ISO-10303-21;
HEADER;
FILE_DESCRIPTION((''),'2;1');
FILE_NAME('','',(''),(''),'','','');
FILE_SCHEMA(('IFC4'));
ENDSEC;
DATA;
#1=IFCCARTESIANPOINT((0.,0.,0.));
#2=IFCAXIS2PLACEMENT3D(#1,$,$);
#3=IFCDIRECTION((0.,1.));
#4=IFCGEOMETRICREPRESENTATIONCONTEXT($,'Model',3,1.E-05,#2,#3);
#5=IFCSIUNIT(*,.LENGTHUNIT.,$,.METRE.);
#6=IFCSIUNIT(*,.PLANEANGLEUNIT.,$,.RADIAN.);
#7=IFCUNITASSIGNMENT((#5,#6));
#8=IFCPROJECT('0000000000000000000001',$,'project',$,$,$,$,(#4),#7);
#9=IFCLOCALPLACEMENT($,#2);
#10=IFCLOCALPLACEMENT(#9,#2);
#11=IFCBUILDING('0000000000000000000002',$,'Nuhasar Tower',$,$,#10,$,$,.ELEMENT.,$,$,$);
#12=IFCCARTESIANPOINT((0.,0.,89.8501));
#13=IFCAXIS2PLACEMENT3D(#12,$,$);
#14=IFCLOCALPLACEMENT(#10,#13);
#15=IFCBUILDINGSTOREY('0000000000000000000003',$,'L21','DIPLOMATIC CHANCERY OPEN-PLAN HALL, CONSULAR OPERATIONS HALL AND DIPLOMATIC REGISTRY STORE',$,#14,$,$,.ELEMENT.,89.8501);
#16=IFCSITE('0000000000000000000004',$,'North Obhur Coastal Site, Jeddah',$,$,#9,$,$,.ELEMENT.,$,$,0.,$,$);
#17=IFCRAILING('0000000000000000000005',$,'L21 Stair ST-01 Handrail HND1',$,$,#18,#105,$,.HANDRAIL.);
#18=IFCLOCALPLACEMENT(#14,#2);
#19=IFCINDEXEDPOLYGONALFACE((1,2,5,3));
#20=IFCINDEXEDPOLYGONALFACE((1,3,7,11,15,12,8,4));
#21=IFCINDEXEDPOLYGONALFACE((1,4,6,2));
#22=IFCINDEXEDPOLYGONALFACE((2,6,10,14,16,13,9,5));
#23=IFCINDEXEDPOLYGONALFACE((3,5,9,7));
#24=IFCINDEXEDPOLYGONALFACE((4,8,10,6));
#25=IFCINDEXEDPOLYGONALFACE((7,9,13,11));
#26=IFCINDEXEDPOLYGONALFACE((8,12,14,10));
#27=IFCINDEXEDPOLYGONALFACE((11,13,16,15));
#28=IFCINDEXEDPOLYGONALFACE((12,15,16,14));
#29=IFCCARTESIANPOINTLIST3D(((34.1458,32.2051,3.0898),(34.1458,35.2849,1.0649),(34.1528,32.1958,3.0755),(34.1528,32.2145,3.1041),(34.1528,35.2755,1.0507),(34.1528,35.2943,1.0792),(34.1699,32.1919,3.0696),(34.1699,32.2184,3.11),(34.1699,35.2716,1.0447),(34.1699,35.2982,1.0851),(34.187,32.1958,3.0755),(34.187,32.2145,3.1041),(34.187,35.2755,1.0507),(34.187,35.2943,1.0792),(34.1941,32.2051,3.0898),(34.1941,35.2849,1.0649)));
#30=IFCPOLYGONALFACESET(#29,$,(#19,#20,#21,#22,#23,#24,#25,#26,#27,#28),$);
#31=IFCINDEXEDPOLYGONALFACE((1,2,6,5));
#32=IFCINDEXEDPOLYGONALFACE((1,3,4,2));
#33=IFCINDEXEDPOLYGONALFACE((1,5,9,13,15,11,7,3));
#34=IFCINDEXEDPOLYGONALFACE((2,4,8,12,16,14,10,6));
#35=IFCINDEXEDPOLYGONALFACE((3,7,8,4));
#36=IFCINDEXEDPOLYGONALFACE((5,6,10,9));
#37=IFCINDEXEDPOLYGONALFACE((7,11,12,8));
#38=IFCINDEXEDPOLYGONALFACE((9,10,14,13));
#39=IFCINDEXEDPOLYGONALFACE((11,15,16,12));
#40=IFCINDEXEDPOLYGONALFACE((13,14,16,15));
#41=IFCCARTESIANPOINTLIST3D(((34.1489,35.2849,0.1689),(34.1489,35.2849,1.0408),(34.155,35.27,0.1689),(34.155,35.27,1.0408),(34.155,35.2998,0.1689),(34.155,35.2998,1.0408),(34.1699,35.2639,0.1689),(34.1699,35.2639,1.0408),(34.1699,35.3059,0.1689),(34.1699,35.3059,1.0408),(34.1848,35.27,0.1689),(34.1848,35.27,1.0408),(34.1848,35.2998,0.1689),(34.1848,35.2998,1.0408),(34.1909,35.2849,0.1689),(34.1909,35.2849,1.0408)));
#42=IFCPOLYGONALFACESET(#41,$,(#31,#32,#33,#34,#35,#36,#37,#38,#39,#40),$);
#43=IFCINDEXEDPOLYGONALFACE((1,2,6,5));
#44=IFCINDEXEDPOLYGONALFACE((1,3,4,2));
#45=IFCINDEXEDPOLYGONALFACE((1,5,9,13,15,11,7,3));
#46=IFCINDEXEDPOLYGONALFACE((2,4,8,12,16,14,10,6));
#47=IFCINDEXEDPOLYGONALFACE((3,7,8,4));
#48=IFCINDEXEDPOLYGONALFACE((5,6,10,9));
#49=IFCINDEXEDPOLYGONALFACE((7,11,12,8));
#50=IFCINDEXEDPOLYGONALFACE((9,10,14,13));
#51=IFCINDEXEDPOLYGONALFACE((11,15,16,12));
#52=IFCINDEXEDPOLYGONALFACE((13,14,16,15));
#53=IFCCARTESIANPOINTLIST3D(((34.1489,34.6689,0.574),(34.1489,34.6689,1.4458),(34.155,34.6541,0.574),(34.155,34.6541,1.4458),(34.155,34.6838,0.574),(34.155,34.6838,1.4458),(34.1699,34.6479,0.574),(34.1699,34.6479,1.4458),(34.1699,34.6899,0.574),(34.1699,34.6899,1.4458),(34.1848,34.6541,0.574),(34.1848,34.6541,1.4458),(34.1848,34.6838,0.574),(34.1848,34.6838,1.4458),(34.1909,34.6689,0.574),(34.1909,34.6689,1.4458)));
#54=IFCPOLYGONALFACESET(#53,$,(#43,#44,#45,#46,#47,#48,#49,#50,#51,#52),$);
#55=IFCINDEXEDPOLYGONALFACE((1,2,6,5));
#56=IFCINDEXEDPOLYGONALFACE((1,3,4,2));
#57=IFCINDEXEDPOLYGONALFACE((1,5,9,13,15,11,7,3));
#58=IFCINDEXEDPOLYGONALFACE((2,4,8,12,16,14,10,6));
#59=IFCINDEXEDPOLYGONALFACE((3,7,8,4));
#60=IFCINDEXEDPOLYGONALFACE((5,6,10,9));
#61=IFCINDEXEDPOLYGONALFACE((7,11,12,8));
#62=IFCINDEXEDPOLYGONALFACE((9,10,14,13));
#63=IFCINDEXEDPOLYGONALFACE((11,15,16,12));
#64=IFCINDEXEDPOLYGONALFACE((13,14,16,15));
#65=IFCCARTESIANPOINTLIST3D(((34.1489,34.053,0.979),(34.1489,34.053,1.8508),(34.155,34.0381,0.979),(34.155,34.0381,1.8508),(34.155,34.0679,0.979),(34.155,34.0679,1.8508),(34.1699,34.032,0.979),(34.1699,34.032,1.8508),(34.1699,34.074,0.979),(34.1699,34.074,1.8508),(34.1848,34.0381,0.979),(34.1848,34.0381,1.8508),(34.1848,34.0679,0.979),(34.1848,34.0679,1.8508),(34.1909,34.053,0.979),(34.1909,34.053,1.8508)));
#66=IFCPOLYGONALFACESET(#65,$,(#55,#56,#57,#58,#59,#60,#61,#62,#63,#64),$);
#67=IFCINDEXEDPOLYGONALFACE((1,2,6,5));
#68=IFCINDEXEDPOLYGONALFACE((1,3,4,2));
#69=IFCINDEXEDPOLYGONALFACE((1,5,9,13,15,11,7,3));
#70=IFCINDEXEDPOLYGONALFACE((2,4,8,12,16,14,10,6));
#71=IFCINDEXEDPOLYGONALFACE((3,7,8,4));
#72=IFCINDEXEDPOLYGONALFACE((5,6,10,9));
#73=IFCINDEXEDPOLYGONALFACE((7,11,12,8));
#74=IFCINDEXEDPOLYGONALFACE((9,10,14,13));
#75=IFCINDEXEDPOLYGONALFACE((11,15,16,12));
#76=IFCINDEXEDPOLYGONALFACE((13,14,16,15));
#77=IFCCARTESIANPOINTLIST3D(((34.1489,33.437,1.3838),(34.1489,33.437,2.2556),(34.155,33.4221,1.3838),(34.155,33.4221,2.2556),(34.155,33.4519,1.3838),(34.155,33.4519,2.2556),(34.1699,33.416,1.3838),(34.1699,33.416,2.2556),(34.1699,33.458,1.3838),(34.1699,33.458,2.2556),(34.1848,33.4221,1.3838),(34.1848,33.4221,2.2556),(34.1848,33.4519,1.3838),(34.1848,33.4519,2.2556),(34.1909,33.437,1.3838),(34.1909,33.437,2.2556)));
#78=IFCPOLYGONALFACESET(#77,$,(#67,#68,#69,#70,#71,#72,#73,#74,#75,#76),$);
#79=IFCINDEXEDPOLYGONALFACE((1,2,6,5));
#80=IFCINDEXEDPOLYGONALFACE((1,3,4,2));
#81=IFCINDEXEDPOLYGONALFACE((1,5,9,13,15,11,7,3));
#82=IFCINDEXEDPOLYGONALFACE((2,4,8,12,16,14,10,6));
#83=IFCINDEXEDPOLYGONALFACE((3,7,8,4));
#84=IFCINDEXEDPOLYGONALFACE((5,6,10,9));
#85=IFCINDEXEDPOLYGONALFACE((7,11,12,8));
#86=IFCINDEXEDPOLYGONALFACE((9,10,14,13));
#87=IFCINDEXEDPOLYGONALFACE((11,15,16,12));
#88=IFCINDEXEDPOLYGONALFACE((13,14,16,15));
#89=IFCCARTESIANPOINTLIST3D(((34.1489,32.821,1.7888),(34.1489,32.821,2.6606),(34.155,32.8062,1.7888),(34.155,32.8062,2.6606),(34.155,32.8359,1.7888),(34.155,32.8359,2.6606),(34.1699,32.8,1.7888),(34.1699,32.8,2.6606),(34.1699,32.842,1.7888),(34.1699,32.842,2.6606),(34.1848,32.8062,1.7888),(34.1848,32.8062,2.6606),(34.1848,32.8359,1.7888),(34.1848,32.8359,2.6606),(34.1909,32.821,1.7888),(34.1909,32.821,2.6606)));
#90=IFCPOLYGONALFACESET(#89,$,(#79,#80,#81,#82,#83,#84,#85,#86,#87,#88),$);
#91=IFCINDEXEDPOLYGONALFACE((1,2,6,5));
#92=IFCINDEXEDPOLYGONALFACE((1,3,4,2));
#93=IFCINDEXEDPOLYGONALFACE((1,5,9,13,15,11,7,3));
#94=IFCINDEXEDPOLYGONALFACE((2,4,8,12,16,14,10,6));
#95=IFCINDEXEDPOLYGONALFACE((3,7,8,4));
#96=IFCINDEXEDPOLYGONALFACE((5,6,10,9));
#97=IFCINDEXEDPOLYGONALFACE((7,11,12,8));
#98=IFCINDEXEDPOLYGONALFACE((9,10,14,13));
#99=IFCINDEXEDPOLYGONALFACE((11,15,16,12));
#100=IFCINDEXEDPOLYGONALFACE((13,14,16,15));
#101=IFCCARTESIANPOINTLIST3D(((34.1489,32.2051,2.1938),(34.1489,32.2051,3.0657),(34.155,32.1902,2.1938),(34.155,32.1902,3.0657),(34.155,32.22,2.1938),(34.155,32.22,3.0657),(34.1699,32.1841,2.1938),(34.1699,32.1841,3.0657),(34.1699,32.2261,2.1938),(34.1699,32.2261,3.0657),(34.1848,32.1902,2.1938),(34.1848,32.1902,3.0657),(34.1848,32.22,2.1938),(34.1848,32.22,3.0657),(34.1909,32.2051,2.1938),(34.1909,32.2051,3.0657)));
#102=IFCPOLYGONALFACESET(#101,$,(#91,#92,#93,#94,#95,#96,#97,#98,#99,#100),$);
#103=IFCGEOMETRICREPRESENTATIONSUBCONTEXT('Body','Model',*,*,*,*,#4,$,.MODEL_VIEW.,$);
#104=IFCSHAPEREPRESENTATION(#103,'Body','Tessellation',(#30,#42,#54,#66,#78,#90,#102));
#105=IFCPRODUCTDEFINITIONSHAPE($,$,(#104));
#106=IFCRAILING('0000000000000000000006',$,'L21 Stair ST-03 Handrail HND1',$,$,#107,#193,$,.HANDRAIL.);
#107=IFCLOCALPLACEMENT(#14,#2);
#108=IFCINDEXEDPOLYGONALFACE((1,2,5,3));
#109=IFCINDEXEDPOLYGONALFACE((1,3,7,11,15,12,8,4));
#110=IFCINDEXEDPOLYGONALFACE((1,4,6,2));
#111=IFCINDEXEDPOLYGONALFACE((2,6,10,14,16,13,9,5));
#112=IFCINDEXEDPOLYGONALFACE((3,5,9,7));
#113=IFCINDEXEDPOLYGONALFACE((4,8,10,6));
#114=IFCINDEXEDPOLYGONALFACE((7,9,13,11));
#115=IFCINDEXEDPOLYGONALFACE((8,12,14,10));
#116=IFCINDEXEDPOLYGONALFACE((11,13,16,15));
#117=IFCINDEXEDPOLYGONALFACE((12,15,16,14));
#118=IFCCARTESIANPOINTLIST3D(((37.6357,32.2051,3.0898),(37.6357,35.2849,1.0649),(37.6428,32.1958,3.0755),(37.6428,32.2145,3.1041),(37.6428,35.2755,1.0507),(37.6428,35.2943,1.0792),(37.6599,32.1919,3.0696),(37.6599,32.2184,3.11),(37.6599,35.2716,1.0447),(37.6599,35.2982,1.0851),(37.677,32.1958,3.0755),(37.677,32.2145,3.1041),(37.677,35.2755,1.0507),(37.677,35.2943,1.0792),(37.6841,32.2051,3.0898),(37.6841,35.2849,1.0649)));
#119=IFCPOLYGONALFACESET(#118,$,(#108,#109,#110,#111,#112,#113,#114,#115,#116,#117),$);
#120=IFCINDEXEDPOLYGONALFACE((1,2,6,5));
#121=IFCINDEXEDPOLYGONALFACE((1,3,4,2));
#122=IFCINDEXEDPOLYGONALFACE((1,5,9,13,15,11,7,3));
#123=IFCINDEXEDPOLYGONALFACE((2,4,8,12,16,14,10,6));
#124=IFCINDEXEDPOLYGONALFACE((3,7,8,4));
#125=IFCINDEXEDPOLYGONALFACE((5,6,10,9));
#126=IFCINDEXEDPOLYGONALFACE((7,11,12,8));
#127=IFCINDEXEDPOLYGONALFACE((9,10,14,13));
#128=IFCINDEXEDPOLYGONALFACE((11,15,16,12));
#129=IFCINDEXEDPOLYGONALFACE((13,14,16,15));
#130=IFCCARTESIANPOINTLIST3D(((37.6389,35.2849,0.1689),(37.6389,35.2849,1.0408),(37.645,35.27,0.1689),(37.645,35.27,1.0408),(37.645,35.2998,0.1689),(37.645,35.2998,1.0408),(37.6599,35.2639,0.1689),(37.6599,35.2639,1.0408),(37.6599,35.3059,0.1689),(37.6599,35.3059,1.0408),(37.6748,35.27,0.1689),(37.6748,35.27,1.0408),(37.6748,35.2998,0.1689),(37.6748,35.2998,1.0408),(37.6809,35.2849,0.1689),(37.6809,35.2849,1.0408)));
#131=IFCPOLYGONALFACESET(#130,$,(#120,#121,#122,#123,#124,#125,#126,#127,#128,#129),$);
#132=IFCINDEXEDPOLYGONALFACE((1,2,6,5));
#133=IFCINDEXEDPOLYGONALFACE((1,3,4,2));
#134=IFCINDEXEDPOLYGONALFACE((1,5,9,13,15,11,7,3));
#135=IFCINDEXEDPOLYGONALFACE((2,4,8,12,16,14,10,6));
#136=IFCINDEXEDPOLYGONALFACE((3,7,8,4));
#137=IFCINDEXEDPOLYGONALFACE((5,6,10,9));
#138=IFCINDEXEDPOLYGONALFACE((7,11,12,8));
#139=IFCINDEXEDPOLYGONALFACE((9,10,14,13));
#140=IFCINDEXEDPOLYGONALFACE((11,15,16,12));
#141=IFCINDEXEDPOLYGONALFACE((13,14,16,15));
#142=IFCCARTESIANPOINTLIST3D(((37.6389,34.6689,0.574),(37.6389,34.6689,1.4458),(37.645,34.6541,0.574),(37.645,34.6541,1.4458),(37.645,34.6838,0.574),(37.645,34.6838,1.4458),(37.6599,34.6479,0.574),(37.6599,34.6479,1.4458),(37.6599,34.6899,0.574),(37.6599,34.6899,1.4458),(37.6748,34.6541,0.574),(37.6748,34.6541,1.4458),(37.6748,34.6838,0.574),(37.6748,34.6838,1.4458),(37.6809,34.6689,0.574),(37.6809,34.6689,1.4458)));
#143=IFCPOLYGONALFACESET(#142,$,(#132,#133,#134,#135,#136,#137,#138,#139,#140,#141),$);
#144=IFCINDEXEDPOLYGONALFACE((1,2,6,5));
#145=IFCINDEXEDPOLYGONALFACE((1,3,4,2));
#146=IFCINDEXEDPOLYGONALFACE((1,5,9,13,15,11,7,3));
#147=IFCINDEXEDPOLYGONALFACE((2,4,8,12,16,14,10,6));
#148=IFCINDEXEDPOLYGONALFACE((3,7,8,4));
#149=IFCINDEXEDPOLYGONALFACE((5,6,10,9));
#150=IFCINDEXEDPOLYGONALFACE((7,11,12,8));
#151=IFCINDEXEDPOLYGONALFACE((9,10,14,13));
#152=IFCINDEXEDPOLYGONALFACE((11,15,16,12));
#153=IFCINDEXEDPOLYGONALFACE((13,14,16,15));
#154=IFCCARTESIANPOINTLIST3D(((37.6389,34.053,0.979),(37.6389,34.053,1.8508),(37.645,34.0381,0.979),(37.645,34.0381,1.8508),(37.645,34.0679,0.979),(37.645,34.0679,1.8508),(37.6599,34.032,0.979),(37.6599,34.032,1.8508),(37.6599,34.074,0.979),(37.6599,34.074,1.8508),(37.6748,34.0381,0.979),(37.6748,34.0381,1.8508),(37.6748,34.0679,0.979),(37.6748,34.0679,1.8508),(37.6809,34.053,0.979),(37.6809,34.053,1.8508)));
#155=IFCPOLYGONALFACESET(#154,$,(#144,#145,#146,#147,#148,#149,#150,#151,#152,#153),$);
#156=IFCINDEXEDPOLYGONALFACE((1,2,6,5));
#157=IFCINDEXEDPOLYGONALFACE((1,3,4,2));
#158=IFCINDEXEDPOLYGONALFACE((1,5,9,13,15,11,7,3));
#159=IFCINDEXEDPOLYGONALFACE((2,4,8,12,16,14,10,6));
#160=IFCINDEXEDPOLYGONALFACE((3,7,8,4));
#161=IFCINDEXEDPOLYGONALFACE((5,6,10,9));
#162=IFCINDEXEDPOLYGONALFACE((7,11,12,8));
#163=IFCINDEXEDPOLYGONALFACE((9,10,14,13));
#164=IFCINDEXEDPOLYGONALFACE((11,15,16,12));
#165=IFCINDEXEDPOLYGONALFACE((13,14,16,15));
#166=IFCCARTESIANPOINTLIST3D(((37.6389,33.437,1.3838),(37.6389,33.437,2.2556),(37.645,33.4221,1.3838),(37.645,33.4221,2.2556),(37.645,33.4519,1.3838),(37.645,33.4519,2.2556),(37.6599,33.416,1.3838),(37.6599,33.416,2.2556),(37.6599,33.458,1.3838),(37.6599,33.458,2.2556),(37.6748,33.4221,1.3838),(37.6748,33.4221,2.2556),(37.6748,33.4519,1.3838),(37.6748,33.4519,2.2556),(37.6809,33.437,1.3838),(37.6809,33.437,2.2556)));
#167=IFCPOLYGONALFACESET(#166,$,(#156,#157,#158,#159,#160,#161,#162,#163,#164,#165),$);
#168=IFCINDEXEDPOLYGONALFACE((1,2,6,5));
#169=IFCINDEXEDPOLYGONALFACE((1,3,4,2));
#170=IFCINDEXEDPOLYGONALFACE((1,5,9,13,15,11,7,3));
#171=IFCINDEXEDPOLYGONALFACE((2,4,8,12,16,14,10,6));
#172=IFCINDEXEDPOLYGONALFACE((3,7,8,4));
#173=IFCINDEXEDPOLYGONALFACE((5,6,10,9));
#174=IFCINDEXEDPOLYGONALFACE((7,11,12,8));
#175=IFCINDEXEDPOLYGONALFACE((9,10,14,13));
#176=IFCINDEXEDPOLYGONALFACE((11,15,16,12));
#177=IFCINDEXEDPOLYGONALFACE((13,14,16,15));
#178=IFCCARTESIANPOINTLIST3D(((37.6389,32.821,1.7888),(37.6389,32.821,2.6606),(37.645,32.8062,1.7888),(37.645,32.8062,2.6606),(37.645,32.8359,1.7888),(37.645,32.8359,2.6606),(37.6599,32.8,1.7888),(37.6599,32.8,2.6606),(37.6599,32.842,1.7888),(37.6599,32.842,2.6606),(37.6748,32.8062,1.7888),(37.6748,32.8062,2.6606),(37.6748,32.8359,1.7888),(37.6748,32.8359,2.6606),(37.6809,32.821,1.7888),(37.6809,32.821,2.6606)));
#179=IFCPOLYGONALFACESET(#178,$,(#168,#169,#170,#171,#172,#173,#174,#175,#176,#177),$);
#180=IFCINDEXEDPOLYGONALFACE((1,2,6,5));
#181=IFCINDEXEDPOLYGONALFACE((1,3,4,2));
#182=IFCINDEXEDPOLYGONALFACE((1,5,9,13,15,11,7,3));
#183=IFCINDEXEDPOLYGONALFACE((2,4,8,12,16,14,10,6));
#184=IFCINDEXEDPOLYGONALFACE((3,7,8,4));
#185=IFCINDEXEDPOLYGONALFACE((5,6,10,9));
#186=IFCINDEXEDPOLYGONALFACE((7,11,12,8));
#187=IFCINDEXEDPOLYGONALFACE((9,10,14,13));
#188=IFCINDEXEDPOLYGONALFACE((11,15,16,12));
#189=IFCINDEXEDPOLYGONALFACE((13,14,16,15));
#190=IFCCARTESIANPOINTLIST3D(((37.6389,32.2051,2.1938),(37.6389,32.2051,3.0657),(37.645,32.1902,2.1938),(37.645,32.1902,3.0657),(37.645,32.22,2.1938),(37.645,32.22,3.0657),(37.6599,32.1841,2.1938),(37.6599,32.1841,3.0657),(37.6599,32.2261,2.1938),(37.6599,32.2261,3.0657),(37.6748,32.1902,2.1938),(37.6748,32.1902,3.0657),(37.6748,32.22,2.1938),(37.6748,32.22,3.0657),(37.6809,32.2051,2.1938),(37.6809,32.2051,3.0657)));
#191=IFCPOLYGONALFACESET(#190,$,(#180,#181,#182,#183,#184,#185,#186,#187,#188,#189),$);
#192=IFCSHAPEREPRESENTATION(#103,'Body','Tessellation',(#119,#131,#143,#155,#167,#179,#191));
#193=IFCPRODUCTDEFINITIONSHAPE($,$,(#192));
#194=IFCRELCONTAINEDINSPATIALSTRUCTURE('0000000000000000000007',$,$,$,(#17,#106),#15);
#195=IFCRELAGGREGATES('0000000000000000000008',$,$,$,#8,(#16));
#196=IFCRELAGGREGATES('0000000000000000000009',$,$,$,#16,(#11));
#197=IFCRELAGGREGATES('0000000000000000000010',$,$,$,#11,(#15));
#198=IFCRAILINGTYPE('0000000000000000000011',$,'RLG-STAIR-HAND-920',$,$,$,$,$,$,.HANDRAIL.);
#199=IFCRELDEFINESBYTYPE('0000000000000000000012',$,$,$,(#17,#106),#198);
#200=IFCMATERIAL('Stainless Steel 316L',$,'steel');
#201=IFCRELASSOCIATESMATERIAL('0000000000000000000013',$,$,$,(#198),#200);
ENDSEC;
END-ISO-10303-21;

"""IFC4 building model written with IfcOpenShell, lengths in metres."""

from ifc_helpers import new_model, si_unit, direction, frame, origin, place, context, subcontext, project, spatial, polyline, outline, extrude, material, type_object, element, save


model = new_model("IFC4")

# Units and contexts
model_context = context("Model", 3, precision=1e-05, world=origin(), true_north=direction((0.0, 1.0)))
body_context = subcontext(model_context, "Body", "Model", "MODEL_VIEW")
ifc_project = project(units=[si_unit("LENGTHUNIT", "METRE"), si_unit("PLANEANGLEUNIT", "RADIAN")], contexts=[model_context])

# Site, building, storey
site_placement = place(None, origin())
site = spatial("IfcSite", under=ifc_project, at=site_placement, Name="North Obhur Coastal Site, Jeddah", CompositionType="ELEMENT", RefElevation=0.0)
building_placement = place(site_placement, origin())
building = spatial("IfcBuilding", under=site, at=building_placement, Name="Nuhasar Tower", CompositionType="ELEMENT")
storey_placement = place(building_placement, frame((0.0, 0.0, 89.8501)))
storey = spatial("IfcBuildingStorey", under=building, at=storey_placement, Name="L21", Description="DIPLOMATIC CHANCERY OPEN-PLAN HALL, CONSULAR OPERATIONS HALL AND DIPLOMATIC REGISTRY STORE", CompositionType="ELEMENT", Elevation=89.8501)

# Railings
ifc_material_1 = material(Name="Stainless Steel 316L", Category="steel")
railing_type_1 = type_object("IfcRailingType", Name="RLG-STAIR-HAND-920", PredefinedType="HANDRAIL", material=ifc_material_1)
railing_1_placement = place(storey_placement, frame((34.1699, 35.2849, 0.1689)))
element("IfcRailing", 1, at=railing_1_placement, inside=storey, type_object=railing_type_1, Name="L21 Stair ST-01 Handrail HND1", PredefinedType="HANDRAIL", context=body_context, shape_type="SweptSolid", body=[
    extrude(outline(polyline([(0.0242, 0.0), (0.0171, 0.0171), (0.0, 0.0242), (-0.0171, 0.0171), (-0.0242, 0.0), (-0.0171, -0.0171), (0.0, -0.0242), (0.0171, -0.0171), (0.0242, 0.0)])), frame((0.0, 0.0, 0.896), z_axis=(0.0, -0.83558, 0.54937), x_axis=(1.0, 0.0, 0.0)), (0.0, 0.0, 1.0), 3.6858),
    extrude(outline(polyline([(0.021, 0.0), (0.0149, 0.0149), (0.0, 0.021), (-0.0149, 0.0149), (-0.021, 0.0), (-0.0149, -0.0149), (0.0, -0.021), (0.0149, -0.0149), (0.021, 0.0)])), origin(), (0.0, 0.0, 1.0), 0.8718),
    extrude(outline(polyline([(0.021, 0.0), (0.0149, 0.0149), (0.0, 0.021), (-0.0149, 0.0149), (-0.021, 0.0), (-0.0149, -0.0149), (0.0, -0.021), (0.0149, -0.0149), (0.021, 0.0)])), frame((0.0, -0.616, 0.405)), (0.0, 0.0, 1.0), 0.8718),
    extrude(outline(polyline([(0.021, 0.0), (0.0149, 0.0149), (0.0, 0.021), (-0.0149, 0.0149), (-0.021, 0.0), (-0.0149, -0.0149), (0.0, -0.021), (0.0149, -0.0149), (0.021, 0.0)])), frame((0.0, -1.2319, 0.8101)), (0.0, 0.0, 1.0), 0.8718),
    extrude(outline(polyline([(0.021, 0.0), (0.0149, 0.0149), (0.0, 0.021), (-0.0149, 0.0149), (-0.021, 0.0), (-0.0149, -0.0149), (0.0, -0.021), (0.0149, -0.0149), (0.021, 0.0)])), frame((0.0, -1.8479, 1.2148)), (0.0, 0.0, 1.0), 0.8718),
    extrude(outline(polyline([(0.021, 0.0), (0.0149, 0.0149), (0.0, 0.021), (-0.0149, 0.0149), (-0.021, 0.0), (-0.0149, -0.0149), (0.0, -0.021), (0.0149, -0.0149), (0.021, 0.0)])), frame((0.0, -2.4639, 1.6199)), (0.0, 0.0, 1.0), 0.8718),
    extrude(outline(polyline([(0.021, 0.0), (0.0149, 0.0149), (0.0, 0.021), (-0.0149, 0.0149), (-0.021, 0.0), (-0.0149, -0.0149), (0.0, -0.021), (0.0149, -0.0149), (0.021, 0.0)])), frame((0.0, -3.0798, 2.0249)), (0.0, 0.0, 1.0), 0.8718),
])
railing_2_placement = place(storey_placement, frame((37.6599, 35.2849, 0.1689)))
element("IfcRailing", 2, at=railing_2_placement, inside=storey, type_object=railing_type_1, Name="L21 Stair ST-03 Handrail HND1", PredefinedType="HANDRAIL", context=body_context, shape_type="SweptSolid", body=[
    extrude(outline(polyline([(0.0242, 0.0), (0.0171, 0.0171), (0.0, 0.0242), (-0.0171, 0.0171), (-0.0242, 0.0), (-0.0171, -0.0171), (0.0, -0.0242), (0.0171, -0.0171), (0.0242, 0.0)])), frame((0.0, 0.0, 0.896), z_axis=(0.0, -0.83558, 0.54937), x_axis=(1.0, 0.0, 0.0)), (0.0, 0.0, 1.0), 3.6858),
    extrude(outline(polyline([(0.021, 0.0), (0.0149, 0.0149), (0.0, 0.021), (-0.0149, 0.0149), (-0.021, 0.0), (-0.0149, -0.0149), (0.0, -0.021), (0.0149, -0.0149), (0.021, 0.0)])), origin(), (0.0, 0.0, 1.0), 0.8718),
    extrude(outline(polyline([(0.021, 0.0), (0.0149, 0.0149), (0.0, 0.021), (-0.0149, 0.0149), (-0.021, 0.0), (-0.0149, -0.0149), (0.0, -0.021), (0.0149, -0.0149), (0.021, 0.0)])), frame((0.0, -0.616, 0.405)), (0.0, 0.0, 1.0), 0.8718),
    extrude(outline(polyline([(0.021, 0.0), (0.0149, 0.0149), (0.0, 0.021), (-0.0149, 0.0149), (-0.021, 0.0), (-0.0149, -0.0149), (0.0, -0.021), (0.0149, -0.0149), (0.021, 0.0)])), frame((0.0, -1.2319, 0.8101)), (0.0, 0.0, 1.0), 0.8718),
    extrude(outline(polyline([(0.021, 0.0), (0.0149, 0.0149), (0.0, 0.021), (-0.0149, 0.0149), (-0.021, 0.0), (-0.0149, -0.0149), (0.0, -0.021), (0.0149, -0.0149), (0.021, 0.0)])), frame((0.0, -1.8479, 1.2148)), (0.0, 0.0, 1.0), 0.8718),
    extrude(outline(polyline([(0.021, 0.0), (0.0149, 0.0149), (0.0, 0.021), (-0.0149, 0.0149), (-0.021, 0.0), (-0.0149, -0.0149), (0.0, -0.021), (0.0149, -0.0149), (0.021, 0.0)])), frame((0.0, -2.4639, 1.6199)), (0.0, 0.0, 1.0), 0.8718),
    extrude(outline(polyline([(0.021, 0.0), (0.0149, 0.0149), (0.0, 0.021), (-0.0149, 0.0149), (-0.021, 0.0), (-0.0149, -0.0149), (0.0, -0.021), (0.0149, -0.0149), (0.021, 0.0)])), frame((0.0, -3.0798, 2.0249)), (0.0, 0.0, 1.0), 0.8718),
])

save(model, "model.ifc")
